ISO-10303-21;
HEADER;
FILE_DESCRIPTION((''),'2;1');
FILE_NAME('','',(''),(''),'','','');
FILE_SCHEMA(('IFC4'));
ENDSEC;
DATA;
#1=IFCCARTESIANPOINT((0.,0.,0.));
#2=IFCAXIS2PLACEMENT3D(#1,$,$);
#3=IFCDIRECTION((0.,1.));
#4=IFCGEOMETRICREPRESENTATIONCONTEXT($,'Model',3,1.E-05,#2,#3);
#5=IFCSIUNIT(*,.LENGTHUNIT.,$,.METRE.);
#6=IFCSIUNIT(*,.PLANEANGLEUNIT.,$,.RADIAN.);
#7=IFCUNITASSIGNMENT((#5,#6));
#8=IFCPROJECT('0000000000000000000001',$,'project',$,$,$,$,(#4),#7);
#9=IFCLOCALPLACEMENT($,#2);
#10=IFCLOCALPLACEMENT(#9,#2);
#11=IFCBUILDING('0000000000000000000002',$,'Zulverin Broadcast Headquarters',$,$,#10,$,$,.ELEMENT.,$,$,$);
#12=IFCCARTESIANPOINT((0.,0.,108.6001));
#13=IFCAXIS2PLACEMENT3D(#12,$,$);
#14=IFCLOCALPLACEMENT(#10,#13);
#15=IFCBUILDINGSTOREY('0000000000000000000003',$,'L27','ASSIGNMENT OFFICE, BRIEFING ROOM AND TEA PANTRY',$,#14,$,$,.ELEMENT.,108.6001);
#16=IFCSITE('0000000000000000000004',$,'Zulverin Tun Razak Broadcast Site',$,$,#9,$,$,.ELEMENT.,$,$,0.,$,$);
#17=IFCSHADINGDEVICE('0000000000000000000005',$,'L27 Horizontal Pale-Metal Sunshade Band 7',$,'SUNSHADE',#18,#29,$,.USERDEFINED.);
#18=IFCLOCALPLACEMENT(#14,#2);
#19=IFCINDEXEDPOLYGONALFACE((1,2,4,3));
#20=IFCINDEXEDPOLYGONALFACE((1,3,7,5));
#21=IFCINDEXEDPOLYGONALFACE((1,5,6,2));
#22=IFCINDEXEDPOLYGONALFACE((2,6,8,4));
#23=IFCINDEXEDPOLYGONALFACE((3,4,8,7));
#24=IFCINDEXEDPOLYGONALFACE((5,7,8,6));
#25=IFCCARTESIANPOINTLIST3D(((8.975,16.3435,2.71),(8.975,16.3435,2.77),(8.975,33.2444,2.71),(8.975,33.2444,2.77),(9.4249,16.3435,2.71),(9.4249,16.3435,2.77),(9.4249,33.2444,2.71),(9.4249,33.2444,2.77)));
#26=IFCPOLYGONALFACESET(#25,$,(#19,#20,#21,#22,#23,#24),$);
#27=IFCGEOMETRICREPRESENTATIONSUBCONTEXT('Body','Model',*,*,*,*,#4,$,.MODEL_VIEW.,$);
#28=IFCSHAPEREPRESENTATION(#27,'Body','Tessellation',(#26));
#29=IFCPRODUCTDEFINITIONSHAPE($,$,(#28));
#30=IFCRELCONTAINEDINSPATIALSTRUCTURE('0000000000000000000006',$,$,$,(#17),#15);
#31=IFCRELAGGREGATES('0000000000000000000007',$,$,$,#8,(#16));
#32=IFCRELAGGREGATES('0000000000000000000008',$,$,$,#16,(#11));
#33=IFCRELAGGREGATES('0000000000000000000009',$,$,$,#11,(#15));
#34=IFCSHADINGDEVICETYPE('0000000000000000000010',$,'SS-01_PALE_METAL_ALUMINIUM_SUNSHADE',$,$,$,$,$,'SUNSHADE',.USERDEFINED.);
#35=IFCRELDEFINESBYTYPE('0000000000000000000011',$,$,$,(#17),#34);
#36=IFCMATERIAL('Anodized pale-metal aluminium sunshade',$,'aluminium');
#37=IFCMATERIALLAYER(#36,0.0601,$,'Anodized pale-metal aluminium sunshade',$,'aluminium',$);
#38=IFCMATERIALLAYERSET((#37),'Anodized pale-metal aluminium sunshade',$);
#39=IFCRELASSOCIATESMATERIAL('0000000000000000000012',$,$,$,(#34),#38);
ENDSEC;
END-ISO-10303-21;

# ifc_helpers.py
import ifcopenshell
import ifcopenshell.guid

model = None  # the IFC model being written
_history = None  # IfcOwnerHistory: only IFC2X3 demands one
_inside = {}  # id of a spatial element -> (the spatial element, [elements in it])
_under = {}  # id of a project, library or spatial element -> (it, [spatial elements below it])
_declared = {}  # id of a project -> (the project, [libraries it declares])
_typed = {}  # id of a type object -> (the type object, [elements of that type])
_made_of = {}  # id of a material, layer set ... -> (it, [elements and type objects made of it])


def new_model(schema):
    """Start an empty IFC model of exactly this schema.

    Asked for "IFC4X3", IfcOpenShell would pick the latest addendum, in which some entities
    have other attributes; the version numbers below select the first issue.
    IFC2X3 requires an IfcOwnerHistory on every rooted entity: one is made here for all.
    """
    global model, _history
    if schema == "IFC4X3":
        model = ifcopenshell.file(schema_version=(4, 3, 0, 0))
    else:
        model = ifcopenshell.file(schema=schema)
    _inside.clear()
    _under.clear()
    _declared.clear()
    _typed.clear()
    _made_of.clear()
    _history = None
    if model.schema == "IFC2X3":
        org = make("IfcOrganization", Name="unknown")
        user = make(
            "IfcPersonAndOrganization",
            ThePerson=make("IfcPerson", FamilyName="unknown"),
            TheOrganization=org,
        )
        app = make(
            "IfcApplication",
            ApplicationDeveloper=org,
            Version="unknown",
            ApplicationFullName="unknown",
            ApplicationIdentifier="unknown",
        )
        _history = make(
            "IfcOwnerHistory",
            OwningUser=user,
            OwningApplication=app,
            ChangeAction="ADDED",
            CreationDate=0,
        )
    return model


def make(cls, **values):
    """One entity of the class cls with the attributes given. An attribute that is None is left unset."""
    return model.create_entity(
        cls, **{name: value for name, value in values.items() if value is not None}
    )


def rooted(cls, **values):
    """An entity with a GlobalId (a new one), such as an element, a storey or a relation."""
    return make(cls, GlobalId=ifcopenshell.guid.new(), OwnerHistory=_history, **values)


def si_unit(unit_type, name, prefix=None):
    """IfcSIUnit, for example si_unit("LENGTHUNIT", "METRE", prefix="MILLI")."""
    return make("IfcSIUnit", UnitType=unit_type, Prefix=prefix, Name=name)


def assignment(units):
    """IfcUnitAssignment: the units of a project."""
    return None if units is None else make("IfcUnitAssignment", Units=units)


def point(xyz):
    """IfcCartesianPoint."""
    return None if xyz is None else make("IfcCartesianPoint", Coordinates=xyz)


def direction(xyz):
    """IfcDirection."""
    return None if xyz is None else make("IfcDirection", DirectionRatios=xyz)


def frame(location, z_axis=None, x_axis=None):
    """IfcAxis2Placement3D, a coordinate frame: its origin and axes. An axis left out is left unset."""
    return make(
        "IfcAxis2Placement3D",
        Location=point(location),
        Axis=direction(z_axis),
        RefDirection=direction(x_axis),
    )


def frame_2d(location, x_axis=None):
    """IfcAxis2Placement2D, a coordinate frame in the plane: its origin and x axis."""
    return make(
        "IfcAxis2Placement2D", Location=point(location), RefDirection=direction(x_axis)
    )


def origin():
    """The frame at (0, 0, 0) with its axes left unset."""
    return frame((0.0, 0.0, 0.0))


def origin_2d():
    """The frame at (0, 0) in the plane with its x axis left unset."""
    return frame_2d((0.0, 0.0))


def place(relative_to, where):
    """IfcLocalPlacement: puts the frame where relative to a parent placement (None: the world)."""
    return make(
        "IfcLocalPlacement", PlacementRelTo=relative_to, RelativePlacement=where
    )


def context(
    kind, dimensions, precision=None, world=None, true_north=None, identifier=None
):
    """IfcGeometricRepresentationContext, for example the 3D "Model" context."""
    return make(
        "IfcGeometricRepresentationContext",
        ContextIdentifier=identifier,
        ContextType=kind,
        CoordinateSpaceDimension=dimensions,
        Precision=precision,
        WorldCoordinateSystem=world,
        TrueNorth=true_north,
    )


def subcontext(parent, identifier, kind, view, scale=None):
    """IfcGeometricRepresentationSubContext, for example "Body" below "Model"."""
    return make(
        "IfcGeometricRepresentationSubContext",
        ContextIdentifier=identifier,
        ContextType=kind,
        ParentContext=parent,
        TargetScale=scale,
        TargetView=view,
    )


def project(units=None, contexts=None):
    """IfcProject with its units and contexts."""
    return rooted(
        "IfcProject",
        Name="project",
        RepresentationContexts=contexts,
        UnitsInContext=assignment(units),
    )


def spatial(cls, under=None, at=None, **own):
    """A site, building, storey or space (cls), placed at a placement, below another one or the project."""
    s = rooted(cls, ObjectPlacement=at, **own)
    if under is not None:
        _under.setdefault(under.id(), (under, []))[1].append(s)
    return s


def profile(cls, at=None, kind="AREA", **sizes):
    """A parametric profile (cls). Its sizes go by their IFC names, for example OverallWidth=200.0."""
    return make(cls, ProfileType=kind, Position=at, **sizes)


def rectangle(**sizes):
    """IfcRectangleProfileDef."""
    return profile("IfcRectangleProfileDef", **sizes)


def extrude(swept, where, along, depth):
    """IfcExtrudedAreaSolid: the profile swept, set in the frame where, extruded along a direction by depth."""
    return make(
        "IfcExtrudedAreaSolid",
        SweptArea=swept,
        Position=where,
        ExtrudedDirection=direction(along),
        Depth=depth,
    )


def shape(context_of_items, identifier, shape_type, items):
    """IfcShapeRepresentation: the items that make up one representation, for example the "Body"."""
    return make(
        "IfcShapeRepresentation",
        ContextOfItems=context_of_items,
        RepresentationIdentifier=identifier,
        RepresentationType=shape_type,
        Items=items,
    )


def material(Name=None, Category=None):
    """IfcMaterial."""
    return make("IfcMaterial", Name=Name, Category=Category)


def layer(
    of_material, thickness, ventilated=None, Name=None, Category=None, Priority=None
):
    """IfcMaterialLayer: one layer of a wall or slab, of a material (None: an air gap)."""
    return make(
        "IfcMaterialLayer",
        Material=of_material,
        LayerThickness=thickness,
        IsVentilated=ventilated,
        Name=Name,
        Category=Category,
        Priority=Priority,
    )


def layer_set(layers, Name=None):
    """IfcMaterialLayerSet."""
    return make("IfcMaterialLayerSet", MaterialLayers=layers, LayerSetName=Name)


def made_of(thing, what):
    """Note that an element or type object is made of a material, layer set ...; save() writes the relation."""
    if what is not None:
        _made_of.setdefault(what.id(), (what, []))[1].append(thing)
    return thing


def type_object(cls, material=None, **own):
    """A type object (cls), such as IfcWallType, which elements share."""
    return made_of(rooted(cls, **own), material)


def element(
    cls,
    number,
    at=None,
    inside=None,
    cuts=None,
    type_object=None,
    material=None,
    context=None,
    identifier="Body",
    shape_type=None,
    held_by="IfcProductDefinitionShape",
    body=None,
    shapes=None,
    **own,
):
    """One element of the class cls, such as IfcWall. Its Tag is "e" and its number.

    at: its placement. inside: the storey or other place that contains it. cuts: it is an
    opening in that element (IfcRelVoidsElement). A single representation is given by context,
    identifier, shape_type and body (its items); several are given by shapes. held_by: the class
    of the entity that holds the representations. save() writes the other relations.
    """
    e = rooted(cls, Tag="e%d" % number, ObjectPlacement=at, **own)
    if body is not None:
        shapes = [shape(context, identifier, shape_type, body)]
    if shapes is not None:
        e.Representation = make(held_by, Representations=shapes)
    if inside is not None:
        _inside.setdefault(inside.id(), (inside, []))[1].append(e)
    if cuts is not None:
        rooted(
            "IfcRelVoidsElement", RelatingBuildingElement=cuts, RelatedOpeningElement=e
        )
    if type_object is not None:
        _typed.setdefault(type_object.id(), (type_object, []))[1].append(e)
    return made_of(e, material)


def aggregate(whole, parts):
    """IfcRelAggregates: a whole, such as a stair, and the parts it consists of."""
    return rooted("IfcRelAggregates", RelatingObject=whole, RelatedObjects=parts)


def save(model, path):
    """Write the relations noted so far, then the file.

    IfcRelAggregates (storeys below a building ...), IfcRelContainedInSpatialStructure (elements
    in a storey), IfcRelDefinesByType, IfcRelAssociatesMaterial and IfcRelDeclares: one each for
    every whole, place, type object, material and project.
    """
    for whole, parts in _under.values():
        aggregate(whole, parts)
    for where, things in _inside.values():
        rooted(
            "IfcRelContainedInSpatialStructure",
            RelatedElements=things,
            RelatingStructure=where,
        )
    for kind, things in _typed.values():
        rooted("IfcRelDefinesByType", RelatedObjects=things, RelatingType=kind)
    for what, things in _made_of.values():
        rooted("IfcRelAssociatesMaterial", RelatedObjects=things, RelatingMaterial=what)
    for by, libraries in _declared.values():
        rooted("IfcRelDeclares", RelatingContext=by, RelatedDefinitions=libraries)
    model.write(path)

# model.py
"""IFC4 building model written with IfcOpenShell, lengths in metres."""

from ifc_helpers import new_model, si_unit, direction, frame, origin, origin_2d, place, context, subcontext, project, spatial, rectangle, extrude, material, layer, layer_set, type_object, element, save


model = new_model("IFC4")

# Units and contexts
model_context = context("Model", 3, precision=1e-05, world=origin(), true_north=direction((0.0, 1.0)))
body_context = subcontext(model_context, "Body", "Model", "MODEL_VIEW")
ifc_project = project(units=[si_unit("LENGTHUNIT", "METRE"), si_unit("PLANEANGLEUNIT", "RADIAN")], contexts=[model_context])

# Site, building, storey
site_placement = place(None, origin())
site = spatial("IfcSite", under=ifc_project, at=site_placement, Name="Zulverin Tun Razak Broadcast Site", CompositionType="ELEMENT", RefElevation=0.0)
building_placement = place(site_placement, origin())
building = spatial("IfcBuilding", under=site, at=building_placement, Name="Zulverin Broadcast Headquarters", CompositionType="ELEMENT")
storey_placement = place(building_placement, frame((0.0, 0.0, 108.6001)))
storey = spatial("IfcBuildingStorey", under=building, at=storey_placement, Name="L27", Description="ASSIGNMENT OFFICE, BRIEFING ROOM AND TEA PANTRY", CompositionType="ELEMENT", Elevation=108.6001)

# Shading device
ifc_material_1 = material(Name="Anodized pale-metal aluminium sunshade", Category="aluminium")
ifc_layer_1 = layer(ifc_material_1, 0.0601, Name="Anodized pale-metal aluminium sunshade", Category="aluminium")
ifc_layer_set_1 = layer_set([ifc_layer_1], Name="Anodized pale-metal aluminium sunshade")
shading_device_type = type_object("IfcShadingDeviceType", Name="SS-01_PALE_METAL_ALUMINIUM_SUNSHADE", ElementType="SUNSHADE", PredefinedType="USERDEFINED", material=ifc_layer_set_1)
shading_device_placement = place(storey_placement, frame((9.2, 24.7939, 2.71), z_axis=(0.0, 0.0, 1.0), x_axis=(0.0, -1.0, 0.0)))
element("IfcShadingDevice", 1, at=shading_device_placement, inside=storey, type_object=shading_device_type, Name="L27 Horizontal Pale-Metal Sunshade Band 7", ObjectType="SUNSHADE", PredefinedType="USERDEFINED", context=body_context, shape_type="SweptSolid", body=[
    extrude(rectangle(XDim=16.9009, YDim=0.45, at=origin_2d()), origin(), (0.0, 0.0, 1.0), 0.0601),
])

save(model, "model.ifc")
